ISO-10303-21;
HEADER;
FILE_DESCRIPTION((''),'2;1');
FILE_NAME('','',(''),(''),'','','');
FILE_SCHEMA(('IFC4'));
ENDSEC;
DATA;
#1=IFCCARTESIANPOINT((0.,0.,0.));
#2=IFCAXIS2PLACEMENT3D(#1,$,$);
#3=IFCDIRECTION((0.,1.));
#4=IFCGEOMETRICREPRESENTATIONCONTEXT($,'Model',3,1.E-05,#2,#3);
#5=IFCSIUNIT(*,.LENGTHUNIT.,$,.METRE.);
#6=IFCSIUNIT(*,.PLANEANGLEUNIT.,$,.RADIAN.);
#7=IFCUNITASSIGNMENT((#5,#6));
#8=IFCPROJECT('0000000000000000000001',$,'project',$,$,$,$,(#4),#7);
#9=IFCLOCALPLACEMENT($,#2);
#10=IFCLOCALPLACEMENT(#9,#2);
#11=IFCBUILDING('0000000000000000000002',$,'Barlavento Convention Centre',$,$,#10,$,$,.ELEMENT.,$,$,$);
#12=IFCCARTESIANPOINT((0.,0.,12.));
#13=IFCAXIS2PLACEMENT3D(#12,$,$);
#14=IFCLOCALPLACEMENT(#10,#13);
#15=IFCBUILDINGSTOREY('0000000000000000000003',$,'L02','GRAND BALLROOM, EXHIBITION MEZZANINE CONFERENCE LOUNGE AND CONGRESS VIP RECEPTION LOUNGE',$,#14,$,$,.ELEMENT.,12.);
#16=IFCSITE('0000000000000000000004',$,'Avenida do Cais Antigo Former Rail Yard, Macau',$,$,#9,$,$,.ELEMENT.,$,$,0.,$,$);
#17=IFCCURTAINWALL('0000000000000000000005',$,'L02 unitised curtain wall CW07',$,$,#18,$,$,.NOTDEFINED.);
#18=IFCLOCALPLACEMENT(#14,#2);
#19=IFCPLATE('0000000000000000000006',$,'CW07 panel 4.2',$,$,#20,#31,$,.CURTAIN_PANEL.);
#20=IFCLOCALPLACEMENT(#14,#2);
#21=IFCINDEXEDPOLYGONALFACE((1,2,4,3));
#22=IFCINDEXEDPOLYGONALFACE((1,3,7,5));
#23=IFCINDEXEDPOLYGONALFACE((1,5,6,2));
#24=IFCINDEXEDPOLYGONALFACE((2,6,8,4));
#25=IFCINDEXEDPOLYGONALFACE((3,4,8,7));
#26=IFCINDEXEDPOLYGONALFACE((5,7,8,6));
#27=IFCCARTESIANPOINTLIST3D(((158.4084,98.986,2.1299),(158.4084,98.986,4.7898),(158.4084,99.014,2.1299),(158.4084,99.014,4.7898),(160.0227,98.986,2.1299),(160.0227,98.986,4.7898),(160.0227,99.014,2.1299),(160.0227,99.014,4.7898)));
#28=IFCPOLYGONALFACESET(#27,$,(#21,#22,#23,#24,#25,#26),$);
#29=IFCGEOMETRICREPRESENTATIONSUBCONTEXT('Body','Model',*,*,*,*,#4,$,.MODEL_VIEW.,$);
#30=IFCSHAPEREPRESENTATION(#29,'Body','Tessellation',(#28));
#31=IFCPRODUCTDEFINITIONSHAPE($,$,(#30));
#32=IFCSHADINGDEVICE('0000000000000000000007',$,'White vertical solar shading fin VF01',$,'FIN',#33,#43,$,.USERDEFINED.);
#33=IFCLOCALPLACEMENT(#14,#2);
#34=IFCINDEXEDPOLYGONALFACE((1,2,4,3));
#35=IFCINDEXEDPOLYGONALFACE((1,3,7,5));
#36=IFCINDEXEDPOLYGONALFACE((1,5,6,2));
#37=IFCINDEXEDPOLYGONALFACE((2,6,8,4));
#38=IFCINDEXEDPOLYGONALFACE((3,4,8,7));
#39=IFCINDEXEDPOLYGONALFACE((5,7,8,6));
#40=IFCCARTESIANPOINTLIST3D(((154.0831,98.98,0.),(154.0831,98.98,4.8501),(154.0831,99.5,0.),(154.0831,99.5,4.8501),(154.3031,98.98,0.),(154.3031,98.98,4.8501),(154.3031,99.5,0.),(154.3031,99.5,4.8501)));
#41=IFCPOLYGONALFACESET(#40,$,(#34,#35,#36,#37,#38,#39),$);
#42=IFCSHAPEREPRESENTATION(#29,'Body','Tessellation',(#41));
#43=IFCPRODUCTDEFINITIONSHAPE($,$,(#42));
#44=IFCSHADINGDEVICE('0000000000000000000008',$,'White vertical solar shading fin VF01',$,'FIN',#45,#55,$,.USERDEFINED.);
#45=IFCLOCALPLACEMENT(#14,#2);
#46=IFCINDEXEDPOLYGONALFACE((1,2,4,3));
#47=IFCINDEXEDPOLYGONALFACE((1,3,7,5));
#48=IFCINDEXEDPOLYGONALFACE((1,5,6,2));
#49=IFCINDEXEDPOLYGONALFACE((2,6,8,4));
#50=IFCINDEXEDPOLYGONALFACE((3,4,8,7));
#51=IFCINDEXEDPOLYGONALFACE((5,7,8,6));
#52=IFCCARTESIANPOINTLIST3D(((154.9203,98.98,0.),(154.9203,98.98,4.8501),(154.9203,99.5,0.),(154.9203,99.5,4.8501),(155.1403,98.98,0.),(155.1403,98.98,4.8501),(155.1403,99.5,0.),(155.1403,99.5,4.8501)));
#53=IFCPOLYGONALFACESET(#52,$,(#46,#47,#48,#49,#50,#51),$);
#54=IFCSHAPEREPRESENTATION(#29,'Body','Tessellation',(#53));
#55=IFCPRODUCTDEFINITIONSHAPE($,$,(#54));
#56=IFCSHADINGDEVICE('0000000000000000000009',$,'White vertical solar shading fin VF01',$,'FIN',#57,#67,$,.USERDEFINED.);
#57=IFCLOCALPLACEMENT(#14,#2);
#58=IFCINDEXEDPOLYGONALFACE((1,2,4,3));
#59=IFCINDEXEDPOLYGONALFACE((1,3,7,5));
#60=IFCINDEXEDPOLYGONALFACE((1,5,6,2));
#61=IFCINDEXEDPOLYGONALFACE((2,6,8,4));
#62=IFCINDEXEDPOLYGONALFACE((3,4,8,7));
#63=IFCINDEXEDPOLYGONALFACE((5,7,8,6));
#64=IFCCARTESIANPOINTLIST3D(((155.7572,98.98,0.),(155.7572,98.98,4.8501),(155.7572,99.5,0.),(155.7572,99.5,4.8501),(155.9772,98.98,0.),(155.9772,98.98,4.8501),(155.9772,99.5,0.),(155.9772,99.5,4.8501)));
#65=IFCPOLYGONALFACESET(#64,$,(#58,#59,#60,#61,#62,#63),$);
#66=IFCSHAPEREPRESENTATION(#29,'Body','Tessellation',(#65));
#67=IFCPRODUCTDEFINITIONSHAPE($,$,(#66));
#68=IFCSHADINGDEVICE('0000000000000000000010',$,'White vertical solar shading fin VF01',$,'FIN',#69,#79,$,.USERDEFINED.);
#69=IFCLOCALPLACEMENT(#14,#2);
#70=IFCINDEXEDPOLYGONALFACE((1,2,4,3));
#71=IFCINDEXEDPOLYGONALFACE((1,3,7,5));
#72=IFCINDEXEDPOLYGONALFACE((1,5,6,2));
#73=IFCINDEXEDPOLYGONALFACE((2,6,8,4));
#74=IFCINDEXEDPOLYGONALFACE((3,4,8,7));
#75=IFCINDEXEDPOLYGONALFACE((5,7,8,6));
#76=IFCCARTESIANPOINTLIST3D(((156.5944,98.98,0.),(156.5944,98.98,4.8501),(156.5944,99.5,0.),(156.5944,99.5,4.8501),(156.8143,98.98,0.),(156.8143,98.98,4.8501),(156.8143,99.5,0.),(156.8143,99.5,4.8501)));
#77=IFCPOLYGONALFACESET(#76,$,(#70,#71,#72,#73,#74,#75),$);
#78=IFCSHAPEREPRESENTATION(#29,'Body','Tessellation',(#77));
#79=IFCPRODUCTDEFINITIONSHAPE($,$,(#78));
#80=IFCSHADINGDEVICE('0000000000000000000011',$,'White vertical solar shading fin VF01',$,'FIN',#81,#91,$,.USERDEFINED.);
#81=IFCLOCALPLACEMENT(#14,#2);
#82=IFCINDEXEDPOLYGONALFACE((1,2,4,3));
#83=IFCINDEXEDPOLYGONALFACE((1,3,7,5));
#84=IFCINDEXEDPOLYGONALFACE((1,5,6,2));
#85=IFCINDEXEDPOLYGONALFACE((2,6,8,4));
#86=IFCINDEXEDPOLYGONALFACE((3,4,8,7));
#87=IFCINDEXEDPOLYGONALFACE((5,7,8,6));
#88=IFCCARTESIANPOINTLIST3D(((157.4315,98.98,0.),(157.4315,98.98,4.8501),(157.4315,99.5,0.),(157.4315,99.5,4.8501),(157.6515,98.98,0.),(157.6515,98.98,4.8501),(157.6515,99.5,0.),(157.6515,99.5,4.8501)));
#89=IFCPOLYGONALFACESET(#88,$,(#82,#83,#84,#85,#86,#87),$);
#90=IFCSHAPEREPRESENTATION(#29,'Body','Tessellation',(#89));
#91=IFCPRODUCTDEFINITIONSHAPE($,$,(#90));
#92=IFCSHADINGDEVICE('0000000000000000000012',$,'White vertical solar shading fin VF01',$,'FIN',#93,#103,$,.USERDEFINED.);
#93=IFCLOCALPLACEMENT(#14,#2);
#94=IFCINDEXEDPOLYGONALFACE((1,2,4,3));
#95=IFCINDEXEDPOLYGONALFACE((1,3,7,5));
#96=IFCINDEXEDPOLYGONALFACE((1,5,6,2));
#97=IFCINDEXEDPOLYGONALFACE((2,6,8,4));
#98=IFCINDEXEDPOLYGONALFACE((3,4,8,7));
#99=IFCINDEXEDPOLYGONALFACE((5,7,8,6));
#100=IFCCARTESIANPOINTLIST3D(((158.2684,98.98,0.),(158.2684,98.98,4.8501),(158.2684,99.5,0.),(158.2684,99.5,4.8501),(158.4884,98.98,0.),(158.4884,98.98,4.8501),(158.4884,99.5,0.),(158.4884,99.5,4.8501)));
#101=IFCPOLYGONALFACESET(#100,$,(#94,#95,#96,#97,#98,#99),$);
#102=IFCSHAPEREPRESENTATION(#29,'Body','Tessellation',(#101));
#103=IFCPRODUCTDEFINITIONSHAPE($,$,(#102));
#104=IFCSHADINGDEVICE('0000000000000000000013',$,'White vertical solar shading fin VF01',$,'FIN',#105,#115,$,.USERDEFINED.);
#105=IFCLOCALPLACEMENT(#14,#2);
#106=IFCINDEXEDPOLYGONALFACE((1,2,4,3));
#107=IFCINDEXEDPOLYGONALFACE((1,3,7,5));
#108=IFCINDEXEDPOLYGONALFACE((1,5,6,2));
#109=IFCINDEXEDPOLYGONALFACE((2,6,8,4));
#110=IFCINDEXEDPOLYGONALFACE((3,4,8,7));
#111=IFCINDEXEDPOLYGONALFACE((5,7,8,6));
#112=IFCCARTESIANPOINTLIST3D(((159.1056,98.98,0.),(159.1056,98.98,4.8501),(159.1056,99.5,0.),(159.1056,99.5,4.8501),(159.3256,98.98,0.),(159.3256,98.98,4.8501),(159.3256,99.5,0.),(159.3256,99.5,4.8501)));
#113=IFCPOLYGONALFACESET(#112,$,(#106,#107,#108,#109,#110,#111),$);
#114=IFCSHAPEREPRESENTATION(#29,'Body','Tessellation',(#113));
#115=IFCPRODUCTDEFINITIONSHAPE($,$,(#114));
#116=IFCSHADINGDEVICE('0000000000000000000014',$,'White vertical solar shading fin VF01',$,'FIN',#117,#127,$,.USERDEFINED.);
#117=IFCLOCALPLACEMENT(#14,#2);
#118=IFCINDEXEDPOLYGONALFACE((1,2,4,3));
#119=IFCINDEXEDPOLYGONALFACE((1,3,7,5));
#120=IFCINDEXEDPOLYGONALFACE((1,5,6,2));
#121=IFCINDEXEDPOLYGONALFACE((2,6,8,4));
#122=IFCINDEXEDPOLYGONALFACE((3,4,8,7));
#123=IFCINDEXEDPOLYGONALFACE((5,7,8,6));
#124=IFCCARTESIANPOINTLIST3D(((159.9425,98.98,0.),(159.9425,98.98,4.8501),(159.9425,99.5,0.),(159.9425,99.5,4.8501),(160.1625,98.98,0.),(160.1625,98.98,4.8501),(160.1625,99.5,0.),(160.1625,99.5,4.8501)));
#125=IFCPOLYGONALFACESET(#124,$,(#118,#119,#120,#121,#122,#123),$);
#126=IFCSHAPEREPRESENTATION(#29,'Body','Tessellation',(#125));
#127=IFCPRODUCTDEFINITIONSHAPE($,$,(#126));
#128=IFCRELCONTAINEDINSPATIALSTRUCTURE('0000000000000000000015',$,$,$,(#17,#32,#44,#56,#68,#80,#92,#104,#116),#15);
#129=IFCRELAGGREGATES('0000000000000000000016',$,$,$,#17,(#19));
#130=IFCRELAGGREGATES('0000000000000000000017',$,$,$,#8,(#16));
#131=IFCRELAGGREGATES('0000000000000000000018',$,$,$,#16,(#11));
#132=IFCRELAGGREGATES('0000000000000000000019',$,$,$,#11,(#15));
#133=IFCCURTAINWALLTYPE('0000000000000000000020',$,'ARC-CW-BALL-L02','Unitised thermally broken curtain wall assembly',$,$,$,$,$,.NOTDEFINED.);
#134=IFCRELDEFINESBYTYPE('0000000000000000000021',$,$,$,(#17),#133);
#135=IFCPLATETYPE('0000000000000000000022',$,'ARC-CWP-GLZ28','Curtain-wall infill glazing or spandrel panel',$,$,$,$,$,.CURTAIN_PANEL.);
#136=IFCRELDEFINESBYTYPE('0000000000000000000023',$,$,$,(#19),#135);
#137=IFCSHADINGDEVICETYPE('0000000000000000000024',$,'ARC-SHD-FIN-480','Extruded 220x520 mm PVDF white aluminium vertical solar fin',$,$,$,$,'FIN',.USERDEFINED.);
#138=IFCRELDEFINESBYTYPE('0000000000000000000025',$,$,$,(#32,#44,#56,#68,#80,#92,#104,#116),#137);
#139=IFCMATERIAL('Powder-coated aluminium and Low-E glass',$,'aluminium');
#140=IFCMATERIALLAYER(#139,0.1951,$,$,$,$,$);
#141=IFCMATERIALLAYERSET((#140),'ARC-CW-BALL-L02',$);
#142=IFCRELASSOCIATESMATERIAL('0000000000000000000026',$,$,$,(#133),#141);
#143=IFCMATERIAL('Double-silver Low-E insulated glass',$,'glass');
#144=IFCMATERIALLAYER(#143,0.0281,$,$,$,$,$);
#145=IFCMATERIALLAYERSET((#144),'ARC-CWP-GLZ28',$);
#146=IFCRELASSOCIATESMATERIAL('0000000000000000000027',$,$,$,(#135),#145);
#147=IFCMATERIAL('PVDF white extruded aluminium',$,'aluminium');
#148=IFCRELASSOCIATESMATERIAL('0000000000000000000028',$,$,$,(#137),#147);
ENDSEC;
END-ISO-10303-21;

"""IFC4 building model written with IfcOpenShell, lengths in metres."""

from ifc_helpers import new_model, si_unit, direction, frame, origin, origin_2d, place, context, subcontext, project, spatial, rectangle, extrude, material, layer, layer_set, type_object, element, aggregate, save


model = new_model("IFC4")

# Units and contexts
model_context = context("Model", 3, precision=1e-05, world=origin(), true_north=direction((0.0, 1.0)))
body_context = subcontext(model_context, "Body", "Model", "MODEL_VIEW")
ifc_project = project(units=[si_unit("LENGTHUNIT", "METRE"), si_unit("PLANEANGLEUNIT", "RADIAN")], contexts=[model_context])

# Site, building, storey
site_placement = place(None, origin())
site = spatial("IfcSite", under=ifc_project, at=site_placement, Name="Avenida do Cais Antigo Former Rail Yard, Macau", CompositionType="ELEMENT", RefElevation=0.0)
building_placement = place(site_placement, origin())
building = spatial("IfcBuilding", under=site, at=building_placement, Name="Barlavento Convention Centre", CompositionType="ELEMENT")
storey_placement = place(building_placement, frame((0.0, 0.0, 12.0)))
storey = spatial("IfcBuildingStorey", under=building, at=storey_placement, Name="L02", Description="GRAND BALLROOM, EXHIBITION MEZZANINE CONFERENCE LOUNGE AND CONGRESS VIP RECEPTION LOUNGE", CompositionType="ELEMENT", Elevation=12.0)

# Curtain wall
ifc_material_1 = material(Name="Powder-coated aluminium and Low-E glass", Category="aluminium")
ifc_layer_1 = layer(ifc_material_1, 0.1951)
ifc_layer_set_1 = layer_set([ifc_layer_1], Name="ARC-CW-BALL-L02")
curtain_wall_type = type_object("IfcCurtainWallType", Name="ARC-CW-BALL-L02", Description="Unitised thermally broken curtain wall assembly", PredefinedType="NOTDEFINED", material=ifc_layer_set_1)
curtain_wall_placement = place(storey_placement, origin())
curtain_wall = element("IfcCurtainWall", 1, at=curtain_wall_placement, inside=storey, type_object=curtain_wall_type, Name="L02 unitised curtain wall CW07", PredefinedType="NOTDEFINED")

# Plate
ifc_material_2 = material(Name="Double-silver Low-E insulated glass", Category="glass")
ifc_layer_2 = layer(ifc_material_2, 0.0281)
ifc_layer_set_2 = layer_set([ifc_layer_2], Name="ARC-CWP-GLZ28")
plate_type = type_object("IfcPlateType", Name="ARC-CWP-GLZ28", Description="Curtain-wall infill glazing or spandrel panel", PredefinedType="CURTAIN_PANEL", material=ifc_layer_set_2)
plate_1_placement = place(storey_placement, frame((159.2156, 99.0, 2.1299), z_axis=(0.0, 0.0, 1.0), x_axis=(1.0, 0.0, 0.0)))
plate_1 = element("IfcPlate", 2, at=plate_1_placement, type_object=plate_type, Name="CW07 panel 4.2", PredefinedType="CURTAIN_PANEL", context=body_context, shape_type="SweptSolid", body=[
    extrude(rectangle(XDim=1.6143, YDim=0.0281, at=origin_2d()), origin(), (0.0, 0.0, 1.0), 2.6599),
])
aggregate(curtain_wall, [plate_1])

# Shading devices
ifc_material_3 = material(Name="PVDF white extruded aluminium", Category="aluminium")
shading_device_type = type_object("IfcShadingDeviceType", Name="ARC-SHD-FIN-480", Description="Extruded 220x520 mm PVDF white aluminium vertical solar fin", ElementType="FIN", PredefinedType="USERDEFINED", material=ifc_material_3)
for number, where, z_axis, x_axis, name in (
    (3, (154.1931, 99.24, 0.0), (0.0, 0.0, 1.0), (1.0, 0.0, 0.0), "White vertical solar shading fin VF01"),
    (4, (155.0303, 99.24, 0.0), (0.0, 0.0, 1.0), (1.0, 0.0, 0.0), "White vertical solar shading fin VF01"),
    (5, (155.8672, 99.24, 0.0), (0.0, 0.0, 1.0), (1.0, 0.0, 0.0), "White vertical solar shading fin VF01"),
    (6, (156.7043, 99.24, 0.0), (0.0, 0.0, 1.0), (1.0, 0.0, 0.0), "White vertical solar shading fin VF01"),
    (7, (157.5415, 99.24, 0.0), (0.0, 0.0, 1.0), (1.0, 0.0, 0.0), "White vertical solar shading fin VF01"),
    (8, (158.3784, 99.24, 0.0), (0.0, 0.0, 1.0), (1.0, 0.0, 0.0), "White vertical solar shading fin VF01"),
    (9, (159.2156, 99.24, 0.0), (0.0, 0.0, 1.0), (1.0, 0.0, 0.0), "White vertical solar shading fin VF01"),
    (10, (160.0525, 99.24, 0.0), (0.0, 0.0, 1.0), (1.0, 0.0, 0.0), "White vertical solar shading fin VF01"),
):
    element("IfcShadingDevice", number, at=place(storey_placement, frame(where, z_axis=z_axis, x_axis=x_axis)), inside=storey, type_object=shading_device_type, Name=name, ObjectType="FIN", PredefinedType="USERDEFINED", context=body_context, shape_type="SweptSolid", body=[
        extrude(rectangle(XDim=0.22, YDim=0.52, at=origin_2d()), origin(), (0.0, 0.0, 1.0), 4.8501),
    ])

save(model, "model.ifc")
